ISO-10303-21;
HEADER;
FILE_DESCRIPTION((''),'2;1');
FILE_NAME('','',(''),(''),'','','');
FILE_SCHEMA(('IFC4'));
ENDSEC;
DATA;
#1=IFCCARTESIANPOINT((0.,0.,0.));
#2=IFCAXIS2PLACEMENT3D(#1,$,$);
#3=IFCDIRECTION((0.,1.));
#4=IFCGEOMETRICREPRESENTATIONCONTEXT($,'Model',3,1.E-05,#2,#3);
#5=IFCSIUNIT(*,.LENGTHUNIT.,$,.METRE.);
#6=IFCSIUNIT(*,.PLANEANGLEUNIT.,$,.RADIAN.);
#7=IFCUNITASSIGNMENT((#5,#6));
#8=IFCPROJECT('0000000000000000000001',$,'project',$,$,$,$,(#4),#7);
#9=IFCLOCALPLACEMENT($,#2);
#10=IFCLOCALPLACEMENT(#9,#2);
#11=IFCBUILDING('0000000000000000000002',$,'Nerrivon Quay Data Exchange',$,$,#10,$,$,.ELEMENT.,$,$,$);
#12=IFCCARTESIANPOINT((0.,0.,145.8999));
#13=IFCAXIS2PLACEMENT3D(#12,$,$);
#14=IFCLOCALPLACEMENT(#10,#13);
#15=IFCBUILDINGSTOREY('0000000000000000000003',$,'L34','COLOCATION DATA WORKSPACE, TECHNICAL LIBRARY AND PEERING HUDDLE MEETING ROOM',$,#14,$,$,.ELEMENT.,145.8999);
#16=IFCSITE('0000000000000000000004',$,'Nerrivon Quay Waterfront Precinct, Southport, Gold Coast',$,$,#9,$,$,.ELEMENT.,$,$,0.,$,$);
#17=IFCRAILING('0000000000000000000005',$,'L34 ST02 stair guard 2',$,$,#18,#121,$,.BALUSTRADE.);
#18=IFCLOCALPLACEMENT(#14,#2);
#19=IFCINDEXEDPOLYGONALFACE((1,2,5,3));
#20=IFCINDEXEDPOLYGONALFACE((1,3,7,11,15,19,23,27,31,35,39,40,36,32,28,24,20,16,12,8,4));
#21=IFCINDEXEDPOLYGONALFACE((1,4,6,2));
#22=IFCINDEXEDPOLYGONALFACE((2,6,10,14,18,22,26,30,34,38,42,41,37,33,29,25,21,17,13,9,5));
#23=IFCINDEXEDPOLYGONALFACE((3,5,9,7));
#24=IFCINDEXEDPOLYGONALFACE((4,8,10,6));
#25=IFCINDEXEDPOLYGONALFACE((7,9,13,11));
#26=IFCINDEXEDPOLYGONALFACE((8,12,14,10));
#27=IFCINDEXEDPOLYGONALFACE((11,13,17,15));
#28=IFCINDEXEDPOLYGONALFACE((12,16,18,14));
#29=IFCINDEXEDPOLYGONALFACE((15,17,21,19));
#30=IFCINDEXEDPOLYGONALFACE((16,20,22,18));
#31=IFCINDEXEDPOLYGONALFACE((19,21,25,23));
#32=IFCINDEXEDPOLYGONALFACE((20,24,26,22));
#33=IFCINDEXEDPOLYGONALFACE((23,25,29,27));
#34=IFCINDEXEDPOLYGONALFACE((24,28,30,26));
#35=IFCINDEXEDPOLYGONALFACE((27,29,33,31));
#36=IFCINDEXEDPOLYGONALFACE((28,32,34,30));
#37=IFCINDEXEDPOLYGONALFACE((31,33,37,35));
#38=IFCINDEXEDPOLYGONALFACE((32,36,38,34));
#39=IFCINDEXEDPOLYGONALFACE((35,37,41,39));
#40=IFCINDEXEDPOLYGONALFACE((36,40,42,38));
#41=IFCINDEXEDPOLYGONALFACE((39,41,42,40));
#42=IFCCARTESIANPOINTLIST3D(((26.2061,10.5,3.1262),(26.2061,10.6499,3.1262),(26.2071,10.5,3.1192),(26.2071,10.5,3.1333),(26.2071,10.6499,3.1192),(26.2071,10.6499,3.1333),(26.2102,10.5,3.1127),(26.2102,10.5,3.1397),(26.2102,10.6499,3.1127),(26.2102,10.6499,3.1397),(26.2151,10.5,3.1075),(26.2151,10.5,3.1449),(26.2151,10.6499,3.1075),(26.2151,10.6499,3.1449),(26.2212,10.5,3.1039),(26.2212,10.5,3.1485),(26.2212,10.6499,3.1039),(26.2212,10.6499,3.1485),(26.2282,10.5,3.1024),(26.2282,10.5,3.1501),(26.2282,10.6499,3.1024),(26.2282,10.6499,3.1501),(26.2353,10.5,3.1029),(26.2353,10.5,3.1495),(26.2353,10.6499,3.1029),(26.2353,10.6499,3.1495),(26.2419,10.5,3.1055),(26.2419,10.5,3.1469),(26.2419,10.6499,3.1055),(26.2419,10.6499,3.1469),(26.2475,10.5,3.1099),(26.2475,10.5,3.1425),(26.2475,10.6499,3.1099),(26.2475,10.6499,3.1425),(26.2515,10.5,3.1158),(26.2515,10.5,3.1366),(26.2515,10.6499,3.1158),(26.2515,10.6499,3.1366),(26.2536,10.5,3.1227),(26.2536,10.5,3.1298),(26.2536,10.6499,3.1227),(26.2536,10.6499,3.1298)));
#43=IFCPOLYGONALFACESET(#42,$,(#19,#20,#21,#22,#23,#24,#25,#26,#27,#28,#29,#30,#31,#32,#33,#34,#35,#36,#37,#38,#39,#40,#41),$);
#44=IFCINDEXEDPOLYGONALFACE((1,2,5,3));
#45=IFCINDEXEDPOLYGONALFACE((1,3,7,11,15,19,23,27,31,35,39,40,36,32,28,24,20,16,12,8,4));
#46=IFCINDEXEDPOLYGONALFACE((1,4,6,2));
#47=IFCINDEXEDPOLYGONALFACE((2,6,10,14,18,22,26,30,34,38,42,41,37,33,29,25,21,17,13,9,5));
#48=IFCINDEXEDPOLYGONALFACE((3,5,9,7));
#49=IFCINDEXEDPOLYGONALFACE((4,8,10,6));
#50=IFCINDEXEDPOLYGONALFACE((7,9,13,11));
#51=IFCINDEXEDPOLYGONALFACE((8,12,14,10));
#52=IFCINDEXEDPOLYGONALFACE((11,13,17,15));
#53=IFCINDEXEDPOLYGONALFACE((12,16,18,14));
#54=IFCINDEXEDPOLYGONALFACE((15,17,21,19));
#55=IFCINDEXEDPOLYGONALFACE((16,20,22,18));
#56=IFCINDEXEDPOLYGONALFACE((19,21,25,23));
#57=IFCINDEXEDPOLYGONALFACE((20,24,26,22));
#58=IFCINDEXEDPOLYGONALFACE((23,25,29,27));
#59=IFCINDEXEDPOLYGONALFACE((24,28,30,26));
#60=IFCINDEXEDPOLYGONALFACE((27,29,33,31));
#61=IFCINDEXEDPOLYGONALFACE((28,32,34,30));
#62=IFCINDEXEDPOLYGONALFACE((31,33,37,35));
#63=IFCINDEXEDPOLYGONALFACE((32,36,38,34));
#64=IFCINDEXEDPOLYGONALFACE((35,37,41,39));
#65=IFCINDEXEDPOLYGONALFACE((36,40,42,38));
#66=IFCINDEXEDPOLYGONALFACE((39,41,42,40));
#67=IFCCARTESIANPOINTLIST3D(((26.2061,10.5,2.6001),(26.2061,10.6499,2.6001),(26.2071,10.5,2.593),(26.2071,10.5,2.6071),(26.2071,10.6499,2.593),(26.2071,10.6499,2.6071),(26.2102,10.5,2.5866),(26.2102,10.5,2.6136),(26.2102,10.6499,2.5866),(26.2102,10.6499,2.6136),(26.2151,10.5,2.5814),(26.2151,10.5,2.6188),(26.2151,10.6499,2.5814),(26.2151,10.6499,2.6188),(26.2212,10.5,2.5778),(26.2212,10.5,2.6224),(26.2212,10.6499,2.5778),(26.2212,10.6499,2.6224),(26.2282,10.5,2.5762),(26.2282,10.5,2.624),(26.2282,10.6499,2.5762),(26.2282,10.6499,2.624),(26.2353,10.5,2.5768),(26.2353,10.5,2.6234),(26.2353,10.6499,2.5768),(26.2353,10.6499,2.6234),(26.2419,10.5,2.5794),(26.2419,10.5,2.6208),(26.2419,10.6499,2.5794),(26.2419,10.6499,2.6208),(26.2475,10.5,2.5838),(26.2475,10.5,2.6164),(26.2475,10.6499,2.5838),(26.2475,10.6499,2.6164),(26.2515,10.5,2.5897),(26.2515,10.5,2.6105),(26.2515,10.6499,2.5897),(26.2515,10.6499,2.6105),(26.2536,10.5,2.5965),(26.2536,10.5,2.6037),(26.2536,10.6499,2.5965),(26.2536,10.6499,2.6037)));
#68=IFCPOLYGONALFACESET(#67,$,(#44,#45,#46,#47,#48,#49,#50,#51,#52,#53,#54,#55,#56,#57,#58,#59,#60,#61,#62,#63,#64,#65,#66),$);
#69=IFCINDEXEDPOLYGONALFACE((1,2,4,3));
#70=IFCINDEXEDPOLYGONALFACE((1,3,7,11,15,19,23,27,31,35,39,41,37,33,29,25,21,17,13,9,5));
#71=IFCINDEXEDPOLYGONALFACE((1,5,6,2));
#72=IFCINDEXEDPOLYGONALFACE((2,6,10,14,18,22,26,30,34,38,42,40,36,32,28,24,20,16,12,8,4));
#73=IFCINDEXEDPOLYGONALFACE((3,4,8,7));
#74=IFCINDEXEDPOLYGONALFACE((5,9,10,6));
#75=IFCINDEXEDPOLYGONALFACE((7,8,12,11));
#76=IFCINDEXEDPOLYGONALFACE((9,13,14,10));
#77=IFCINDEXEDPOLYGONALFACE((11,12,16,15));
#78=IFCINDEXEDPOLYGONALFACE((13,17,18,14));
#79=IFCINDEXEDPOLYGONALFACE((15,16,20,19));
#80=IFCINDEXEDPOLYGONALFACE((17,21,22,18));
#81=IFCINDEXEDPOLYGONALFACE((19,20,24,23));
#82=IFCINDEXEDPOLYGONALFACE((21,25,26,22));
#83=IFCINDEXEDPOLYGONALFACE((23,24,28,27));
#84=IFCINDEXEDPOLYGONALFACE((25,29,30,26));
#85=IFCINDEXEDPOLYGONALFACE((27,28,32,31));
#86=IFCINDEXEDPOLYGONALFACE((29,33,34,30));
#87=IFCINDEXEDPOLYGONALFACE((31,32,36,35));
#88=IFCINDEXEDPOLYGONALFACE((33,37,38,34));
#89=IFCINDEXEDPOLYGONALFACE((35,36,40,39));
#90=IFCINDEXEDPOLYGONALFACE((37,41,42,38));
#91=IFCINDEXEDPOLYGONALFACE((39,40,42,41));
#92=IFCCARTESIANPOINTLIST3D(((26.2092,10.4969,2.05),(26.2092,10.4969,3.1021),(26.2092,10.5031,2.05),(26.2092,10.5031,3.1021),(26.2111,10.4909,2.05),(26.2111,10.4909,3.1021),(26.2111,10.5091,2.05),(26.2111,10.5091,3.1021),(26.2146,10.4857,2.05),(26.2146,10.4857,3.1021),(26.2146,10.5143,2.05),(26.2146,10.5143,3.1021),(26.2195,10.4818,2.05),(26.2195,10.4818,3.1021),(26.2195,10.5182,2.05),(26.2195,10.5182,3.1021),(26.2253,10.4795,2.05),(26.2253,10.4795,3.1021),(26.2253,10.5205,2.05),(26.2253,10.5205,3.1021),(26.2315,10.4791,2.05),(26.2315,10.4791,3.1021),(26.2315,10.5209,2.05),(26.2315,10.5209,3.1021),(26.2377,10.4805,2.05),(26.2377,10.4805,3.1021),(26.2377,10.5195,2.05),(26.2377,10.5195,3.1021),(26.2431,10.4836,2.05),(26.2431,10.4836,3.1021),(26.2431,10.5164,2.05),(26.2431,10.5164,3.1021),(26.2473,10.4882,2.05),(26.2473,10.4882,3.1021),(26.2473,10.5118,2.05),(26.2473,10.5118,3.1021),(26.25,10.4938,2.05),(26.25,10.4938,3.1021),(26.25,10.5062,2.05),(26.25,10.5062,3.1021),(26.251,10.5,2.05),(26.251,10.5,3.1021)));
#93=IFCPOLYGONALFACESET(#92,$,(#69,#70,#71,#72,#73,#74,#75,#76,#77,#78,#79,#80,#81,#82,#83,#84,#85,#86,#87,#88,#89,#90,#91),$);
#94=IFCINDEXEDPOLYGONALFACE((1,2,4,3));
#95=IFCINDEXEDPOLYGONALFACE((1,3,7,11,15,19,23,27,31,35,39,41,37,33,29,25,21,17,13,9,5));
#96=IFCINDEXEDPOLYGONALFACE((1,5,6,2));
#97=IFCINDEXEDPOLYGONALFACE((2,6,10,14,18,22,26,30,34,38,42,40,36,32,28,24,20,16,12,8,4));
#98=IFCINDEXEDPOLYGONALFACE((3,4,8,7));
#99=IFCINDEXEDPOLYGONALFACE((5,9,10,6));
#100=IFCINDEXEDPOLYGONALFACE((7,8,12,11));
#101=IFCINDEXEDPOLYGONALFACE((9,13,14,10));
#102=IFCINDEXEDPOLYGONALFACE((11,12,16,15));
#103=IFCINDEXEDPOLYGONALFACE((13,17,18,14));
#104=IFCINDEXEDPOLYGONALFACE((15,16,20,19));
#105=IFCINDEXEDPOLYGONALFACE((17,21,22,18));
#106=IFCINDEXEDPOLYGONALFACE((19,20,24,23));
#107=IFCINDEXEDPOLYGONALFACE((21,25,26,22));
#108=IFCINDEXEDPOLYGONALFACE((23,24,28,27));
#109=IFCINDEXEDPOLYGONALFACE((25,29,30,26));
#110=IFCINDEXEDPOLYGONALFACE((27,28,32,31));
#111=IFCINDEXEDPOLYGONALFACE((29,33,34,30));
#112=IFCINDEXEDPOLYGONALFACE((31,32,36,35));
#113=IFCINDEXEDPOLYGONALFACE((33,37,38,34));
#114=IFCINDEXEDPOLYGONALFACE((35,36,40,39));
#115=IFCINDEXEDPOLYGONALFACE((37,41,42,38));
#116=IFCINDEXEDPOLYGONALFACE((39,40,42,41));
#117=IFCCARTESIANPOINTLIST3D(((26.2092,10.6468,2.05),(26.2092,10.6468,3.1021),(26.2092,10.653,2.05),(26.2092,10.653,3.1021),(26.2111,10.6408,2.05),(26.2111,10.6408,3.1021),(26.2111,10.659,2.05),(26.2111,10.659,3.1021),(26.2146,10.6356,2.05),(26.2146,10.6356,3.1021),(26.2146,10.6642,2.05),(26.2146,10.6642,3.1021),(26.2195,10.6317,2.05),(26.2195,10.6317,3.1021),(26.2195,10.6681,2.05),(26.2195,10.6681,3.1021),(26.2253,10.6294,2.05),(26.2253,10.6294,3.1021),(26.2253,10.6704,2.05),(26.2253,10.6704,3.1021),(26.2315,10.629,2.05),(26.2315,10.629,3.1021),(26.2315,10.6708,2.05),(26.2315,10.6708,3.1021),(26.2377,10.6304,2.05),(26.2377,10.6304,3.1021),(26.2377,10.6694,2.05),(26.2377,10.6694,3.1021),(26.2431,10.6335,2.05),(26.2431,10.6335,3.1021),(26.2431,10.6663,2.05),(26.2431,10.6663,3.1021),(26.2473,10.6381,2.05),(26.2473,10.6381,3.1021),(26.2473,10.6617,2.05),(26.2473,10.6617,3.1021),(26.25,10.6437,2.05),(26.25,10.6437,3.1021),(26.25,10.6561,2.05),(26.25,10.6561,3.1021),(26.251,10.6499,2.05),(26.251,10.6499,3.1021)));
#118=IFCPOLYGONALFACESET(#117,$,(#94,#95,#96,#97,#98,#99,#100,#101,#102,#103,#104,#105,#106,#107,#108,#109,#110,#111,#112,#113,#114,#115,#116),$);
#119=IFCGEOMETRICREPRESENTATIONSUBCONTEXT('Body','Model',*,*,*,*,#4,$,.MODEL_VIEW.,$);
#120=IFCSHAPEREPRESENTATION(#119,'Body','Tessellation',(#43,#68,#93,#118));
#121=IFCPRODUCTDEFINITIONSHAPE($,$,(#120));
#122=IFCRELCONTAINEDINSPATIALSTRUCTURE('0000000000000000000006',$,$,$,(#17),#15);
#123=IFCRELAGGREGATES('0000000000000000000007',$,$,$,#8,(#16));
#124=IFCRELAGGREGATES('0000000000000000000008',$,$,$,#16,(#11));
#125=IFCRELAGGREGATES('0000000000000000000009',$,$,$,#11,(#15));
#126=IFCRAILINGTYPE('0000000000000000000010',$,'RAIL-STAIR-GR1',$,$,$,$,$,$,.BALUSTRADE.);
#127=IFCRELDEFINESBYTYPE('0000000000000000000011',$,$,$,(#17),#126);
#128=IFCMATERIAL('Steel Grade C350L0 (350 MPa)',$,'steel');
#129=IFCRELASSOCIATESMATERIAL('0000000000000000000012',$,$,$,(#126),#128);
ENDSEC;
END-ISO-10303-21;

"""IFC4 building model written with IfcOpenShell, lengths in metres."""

from ifc_helpers import new_model, si_unit, direction, frame, origin, origin_2d, place, context, subcontext, project, spatial, circle, extrude, material, type_object, element, save


model = new_model("IFC4")

# Units and contexts
model_context = context("Model", 3, precision=1e-05, world=origin(), true_north=direction((0.0, 1.0)))
body_context = subcontext(model_context, "Body", "Model", "MODEL_VIEW")
ifc_project = project(units=[si_unit("LENGTHUNIT", "METRE"), si_unit("PLANEANGLEUNIT", "RADIAN")], contexts=[model_context])

# Site, building, storey
site_placement = place(None, origin())
site = spatial("IfcSite", under=ifc_project, at=site_placement, Name="Nerrivon Quay Waterfront Precinct, Southport, Gold Coast", CompositionType="ELEMENT", RefElevation=0.0)
building_placement = place(site_placement, origin())
building = spatial("IfcBuilding", under=site, at=building_placement, Name="Nerrivon Quay Data Exchange", CompositionType="ELEMENT")
storey_placement = place(building_placement, frame((0.0, 0.0, 145.8999)))
storey = spatial("IfcBuildingStorey", under=building, at=storey_placement, Name="L34", Description="COLOCATION DATA WORKSPACE, TECHNICAL LIBRARY AND PEERING HUDDLE MEETING ROOM", CompositionType="ELEMENT", Elevation=145.8999)

# Railing
ifc_material_1 = material(Name="Steel Grade C350L0 (350 MPa)", Category="steel")
railing_type_1 = type_object("IfcRailingType", Name="RAIL-STAIR-GR1", PredefinedType="BALUSTRADE", material=ifc_material_1)
railing_1_placement = place(storey_placement, frame((26.23, 10.5, 2.05)))
element("IfcRailing", 1, at=railing_1_placement, inside=storey, type_object=railing_type_1, Name="L34 ST02 stair guard 2", PredefinedType="BALUSTRADE", context=body_context, shape_type="SweptSolid", body=[
    extrude(circle(Radius=0.0239, at=origin_2d()), frame((0.0, 0.0, 1.0762), z_axis=(0.0, 1.0, 0.0), x_axis=(-1.0, 0.0, 0.0)), (0.0, 0.0, 1.0), 0.1499),
    extrude(circle(Radius=0.0239, at=origin_2d()), frame((0.0, 0.0, 0.55), z_axis=(0.0, 1.0, 0.0), x_axis=(-1.0, 0.0, 0.0)), (0.0, 0.0, 1.0), 0.1499),
    extrude(circle(Radius=0.021, at=origin_2d()), origin(), (0.0, 0.0, 1.0), 1.052),
    extrude(circle(Radius=0.021, at=origin_2d()), frame((0.0, 0.1499, 0.0)), (0.0, 0.0, 1.0), 1.052),
])

save(model, "model.ifc")
